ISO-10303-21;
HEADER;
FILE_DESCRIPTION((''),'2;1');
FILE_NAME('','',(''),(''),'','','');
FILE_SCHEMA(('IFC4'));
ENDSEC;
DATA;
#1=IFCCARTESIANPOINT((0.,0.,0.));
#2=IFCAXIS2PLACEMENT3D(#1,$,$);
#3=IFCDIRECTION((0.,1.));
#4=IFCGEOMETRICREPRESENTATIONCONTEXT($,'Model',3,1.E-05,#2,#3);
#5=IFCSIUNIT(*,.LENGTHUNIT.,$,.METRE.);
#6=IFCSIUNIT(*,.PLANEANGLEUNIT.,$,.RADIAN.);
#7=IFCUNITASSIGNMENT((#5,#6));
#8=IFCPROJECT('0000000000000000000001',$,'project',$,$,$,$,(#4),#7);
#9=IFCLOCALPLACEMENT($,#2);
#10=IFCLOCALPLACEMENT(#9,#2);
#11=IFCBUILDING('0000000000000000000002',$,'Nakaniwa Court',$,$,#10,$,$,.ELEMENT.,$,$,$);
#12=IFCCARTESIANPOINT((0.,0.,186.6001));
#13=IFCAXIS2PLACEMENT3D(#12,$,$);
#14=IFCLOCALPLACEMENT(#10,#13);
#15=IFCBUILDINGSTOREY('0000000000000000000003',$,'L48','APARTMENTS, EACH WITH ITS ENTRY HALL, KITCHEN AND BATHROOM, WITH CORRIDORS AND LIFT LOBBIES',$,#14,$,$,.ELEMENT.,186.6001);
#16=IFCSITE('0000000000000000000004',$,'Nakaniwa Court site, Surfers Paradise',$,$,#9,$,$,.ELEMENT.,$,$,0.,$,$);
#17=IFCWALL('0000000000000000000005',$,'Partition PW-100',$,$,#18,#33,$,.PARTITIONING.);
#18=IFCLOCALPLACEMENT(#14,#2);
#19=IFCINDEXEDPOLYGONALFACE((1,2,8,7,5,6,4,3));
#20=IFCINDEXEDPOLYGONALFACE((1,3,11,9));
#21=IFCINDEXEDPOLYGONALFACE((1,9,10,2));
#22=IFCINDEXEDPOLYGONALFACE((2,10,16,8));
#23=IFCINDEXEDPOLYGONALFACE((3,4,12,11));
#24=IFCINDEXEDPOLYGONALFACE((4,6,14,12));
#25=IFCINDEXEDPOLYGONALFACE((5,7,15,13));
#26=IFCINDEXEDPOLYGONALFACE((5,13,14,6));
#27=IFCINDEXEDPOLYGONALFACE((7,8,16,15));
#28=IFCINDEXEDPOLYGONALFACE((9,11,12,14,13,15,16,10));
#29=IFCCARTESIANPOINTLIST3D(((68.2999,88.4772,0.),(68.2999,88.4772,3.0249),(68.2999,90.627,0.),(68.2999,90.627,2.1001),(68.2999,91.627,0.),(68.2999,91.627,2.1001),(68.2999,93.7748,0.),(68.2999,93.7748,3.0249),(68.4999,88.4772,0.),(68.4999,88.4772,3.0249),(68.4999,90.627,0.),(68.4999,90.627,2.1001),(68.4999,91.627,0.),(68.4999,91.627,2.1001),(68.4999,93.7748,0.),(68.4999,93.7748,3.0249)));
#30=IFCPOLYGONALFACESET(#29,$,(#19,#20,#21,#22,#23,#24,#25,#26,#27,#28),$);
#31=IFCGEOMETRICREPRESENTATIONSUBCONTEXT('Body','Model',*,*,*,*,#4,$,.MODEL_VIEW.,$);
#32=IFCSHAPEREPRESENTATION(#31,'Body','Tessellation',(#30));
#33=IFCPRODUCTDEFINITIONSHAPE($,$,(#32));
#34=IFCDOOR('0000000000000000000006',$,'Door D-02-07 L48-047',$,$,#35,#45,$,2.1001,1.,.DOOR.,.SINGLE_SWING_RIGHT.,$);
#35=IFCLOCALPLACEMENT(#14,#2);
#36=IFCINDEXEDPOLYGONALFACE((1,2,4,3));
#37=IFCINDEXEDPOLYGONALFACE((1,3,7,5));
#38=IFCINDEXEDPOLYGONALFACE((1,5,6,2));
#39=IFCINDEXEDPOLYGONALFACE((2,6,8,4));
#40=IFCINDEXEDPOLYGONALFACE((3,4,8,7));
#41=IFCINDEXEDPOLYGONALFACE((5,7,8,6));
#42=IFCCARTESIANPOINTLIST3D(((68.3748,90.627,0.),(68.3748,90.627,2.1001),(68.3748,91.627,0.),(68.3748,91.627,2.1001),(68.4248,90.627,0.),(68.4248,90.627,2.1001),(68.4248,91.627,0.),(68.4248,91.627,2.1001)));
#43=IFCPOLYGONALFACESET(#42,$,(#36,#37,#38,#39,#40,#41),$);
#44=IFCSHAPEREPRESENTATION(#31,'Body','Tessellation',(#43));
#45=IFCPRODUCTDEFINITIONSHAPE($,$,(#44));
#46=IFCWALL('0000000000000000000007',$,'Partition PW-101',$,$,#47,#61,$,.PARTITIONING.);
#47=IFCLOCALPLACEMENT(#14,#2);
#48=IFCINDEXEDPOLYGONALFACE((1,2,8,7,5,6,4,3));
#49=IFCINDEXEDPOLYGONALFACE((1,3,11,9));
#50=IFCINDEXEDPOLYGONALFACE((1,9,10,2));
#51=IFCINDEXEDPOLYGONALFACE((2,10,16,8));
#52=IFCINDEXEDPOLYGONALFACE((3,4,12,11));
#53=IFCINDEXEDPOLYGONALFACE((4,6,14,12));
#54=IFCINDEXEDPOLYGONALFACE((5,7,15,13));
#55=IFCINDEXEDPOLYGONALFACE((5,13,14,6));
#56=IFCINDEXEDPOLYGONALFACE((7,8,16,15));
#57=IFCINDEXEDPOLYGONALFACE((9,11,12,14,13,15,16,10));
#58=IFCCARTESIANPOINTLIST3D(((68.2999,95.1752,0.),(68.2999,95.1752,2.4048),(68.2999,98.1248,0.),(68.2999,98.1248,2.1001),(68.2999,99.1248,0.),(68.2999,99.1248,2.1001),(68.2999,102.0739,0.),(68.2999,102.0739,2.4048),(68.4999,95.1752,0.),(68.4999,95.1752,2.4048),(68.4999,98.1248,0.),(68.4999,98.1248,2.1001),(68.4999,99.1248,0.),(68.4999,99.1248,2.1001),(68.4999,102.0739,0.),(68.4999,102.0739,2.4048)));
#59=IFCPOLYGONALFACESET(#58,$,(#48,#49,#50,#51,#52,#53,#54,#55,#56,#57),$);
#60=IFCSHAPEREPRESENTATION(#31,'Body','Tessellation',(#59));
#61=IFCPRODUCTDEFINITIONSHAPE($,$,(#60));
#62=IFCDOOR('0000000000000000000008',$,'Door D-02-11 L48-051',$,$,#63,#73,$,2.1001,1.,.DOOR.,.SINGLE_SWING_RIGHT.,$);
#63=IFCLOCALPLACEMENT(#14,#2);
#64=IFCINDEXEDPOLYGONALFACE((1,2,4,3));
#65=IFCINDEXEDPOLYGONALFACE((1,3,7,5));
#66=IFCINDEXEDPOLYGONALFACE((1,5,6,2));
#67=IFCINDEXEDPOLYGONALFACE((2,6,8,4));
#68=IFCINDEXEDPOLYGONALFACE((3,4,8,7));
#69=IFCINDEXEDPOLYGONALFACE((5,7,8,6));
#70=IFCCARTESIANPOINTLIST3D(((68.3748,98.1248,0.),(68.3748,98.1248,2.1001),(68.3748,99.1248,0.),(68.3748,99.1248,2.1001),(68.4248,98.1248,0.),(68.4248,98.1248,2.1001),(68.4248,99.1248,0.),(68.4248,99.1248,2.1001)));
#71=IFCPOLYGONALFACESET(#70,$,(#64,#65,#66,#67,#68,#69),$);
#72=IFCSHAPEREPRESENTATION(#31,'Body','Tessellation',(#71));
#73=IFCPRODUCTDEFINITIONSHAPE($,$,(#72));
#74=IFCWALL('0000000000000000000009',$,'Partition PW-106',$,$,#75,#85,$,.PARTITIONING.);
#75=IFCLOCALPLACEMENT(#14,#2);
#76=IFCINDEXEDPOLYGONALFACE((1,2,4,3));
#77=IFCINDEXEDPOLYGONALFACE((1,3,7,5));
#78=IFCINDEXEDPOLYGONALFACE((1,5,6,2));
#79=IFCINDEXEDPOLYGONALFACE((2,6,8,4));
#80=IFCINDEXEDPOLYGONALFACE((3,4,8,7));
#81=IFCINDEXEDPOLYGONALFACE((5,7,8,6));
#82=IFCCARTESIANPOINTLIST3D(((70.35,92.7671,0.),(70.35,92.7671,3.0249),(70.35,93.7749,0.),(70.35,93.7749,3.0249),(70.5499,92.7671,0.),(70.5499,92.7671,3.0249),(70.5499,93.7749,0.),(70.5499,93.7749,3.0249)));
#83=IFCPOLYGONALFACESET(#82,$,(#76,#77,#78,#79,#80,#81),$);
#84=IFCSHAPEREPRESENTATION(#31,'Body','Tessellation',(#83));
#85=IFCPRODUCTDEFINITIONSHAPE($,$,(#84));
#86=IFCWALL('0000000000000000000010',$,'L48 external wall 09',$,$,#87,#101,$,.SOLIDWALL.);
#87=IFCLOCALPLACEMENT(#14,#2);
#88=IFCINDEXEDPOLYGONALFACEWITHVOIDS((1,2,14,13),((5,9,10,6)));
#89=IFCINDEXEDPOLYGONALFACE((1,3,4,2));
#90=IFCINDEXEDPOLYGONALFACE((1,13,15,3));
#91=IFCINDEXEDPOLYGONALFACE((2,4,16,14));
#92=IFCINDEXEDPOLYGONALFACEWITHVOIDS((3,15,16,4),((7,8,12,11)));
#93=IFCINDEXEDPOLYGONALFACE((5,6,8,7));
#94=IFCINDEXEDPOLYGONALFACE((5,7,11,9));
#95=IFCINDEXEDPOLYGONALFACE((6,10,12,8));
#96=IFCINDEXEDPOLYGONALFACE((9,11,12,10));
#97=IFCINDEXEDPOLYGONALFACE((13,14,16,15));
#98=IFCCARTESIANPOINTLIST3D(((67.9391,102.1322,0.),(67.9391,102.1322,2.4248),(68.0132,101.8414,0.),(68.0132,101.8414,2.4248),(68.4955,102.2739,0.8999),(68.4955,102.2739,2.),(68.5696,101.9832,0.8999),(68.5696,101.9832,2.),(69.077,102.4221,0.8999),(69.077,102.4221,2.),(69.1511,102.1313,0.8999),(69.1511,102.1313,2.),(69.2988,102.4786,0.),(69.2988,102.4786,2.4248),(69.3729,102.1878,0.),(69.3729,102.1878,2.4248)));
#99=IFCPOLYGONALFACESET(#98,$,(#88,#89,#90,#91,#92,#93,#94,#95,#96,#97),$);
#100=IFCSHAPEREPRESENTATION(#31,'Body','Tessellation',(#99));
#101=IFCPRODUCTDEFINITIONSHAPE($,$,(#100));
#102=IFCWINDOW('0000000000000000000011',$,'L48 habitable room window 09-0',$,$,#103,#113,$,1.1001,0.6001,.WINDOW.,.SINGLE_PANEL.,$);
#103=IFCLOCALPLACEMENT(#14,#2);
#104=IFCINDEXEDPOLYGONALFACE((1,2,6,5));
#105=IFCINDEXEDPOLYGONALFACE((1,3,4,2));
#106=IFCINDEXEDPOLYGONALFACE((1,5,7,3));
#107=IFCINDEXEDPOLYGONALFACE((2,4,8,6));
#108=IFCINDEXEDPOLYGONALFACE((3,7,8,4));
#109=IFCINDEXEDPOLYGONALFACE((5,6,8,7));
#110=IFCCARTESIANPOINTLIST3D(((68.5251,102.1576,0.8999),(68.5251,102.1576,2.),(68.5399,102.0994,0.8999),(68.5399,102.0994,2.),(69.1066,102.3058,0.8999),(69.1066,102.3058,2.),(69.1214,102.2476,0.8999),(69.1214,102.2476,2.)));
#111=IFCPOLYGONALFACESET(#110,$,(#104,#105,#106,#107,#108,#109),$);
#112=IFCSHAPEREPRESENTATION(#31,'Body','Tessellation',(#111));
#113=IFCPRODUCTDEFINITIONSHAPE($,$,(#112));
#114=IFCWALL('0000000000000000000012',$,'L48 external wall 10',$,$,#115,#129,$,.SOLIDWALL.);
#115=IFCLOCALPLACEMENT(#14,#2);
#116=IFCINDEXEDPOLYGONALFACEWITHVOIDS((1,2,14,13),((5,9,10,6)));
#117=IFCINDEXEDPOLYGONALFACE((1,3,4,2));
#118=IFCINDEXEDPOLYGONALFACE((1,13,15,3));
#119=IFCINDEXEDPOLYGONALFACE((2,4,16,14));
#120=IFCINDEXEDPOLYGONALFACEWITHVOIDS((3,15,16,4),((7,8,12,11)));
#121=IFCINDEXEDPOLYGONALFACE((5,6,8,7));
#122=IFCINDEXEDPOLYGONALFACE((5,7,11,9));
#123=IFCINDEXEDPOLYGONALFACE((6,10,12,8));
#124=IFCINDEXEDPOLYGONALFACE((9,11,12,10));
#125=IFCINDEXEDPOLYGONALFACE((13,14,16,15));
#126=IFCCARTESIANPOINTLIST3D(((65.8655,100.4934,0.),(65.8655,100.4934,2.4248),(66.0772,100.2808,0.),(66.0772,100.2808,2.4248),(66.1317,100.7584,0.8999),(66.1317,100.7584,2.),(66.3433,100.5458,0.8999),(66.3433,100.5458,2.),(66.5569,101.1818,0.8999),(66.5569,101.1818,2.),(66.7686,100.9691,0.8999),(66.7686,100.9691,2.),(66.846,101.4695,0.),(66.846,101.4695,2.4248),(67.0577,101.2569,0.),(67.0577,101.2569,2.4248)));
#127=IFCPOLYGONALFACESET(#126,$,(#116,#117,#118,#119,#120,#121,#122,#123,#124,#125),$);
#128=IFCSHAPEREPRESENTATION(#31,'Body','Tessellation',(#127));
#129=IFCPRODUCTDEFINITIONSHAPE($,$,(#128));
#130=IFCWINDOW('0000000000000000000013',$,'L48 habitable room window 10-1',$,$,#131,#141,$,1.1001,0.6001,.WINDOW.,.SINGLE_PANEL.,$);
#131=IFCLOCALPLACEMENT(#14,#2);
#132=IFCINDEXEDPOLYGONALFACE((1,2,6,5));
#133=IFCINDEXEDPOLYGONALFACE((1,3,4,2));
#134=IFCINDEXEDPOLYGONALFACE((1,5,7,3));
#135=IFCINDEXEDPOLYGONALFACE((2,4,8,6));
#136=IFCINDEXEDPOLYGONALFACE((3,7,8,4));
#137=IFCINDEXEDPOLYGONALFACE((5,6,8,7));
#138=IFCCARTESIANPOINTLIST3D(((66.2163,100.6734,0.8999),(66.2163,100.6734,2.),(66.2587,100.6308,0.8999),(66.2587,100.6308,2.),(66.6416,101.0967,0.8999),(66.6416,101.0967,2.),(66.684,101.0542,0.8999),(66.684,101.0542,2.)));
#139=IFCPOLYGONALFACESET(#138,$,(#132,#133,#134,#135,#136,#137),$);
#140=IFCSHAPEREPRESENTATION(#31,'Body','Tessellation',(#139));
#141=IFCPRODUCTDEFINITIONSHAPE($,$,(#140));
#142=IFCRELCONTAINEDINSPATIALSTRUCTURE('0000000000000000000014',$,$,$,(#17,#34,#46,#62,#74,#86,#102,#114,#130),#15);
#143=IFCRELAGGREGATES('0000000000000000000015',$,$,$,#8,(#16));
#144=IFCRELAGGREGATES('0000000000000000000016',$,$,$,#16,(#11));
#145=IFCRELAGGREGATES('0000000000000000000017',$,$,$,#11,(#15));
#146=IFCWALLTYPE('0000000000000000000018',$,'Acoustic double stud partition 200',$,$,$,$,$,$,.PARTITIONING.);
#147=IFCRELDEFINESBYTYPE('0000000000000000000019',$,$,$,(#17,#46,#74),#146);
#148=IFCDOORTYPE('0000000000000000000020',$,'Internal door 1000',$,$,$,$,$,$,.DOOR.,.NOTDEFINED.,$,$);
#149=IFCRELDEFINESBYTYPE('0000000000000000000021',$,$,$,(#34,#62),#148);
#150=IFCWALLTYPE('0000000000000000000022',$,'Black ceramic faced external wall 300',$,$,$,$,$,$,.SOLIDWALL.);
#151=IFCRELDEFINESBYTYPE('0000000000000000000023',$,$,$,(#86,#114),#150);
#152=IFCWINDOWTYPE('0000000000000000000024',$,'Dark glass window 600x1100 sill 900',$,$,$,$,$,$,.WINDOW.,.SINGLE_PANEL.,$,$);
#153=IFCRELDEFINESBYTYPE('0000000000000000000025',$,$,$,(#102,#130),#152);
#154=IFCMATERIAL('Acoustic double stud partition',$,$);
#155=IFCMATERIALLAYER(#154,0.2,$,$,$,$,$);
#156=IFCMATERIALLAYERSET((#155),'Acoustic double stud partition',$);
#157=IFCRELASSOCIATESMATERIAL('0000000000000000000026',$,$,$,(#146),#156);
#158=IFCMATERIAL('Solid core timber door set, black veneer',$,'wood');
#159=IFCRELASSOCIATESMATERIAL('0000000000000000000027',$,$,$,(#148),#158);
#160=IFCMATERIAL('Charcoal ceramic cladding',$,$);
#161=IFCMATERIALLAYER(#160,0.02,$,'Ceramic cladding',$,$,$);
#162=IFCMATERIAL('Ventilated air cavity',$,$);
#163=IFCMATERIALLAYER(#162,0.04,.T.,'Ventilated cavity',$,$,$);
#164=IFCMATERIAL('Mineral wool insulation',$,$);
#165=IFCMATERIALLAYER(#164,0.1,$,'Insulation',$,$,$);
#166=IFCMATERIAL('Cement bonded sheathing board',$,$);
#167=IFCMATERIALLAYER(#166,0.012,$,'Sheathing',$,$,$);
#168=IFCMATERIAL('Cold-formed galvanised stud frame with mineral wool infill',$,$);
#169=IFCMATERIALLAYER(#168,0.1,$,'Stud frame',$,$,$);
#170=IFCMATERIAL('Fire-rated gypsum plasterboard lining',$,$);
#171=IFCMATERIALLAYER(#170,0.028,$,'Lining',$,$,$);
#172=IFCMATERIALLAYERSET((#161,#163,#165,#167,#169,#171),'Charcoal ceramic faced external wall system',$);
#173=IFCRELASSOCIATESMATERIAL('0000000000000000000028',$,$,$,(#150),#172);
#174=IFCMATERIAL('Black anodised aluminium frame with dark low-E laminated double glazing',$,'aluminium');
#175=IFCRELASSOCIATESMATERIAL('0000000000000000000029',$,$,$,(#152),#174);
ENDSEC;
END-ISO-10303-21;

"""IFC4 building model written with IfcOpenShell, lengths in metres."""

from ifc_helpers import new_model, si_unit, direction, frame, frame_2d, origin, place, context, subcontext, project, spatial, rectangle, extrude, material, layer, layer_set, type_object, element, fill, save


model = new_model("IFC4")

# Units and contexts
model_context = context("Model", 3, precision=1e-05, world=origin(), true_north=direction((0.0, 1.0)))
body_context = subcontext(model_context, "Body", "Model", "MODEL_VIEW")
ifc_project = project(units=[si_unit("LENGTHUNIT", "METRE"), si_unit("PLANEANGLEUNIT", "RADIAN")], contexts=[model_context])

# Site, building, storey
site_placement = place(None, origin())
site = spatial("IfcSite", under=ifc_project, at=site_placement, Name="Nakaniwa Court site, Surfers Paradise", CompositionType="ELEMENT", RefElevation=0.0)
building_placement = place(site_placement, origin())
building = spatial("IfcBuilding", under=site, at=building_placement, Name="Nakaniwa Court", CompositionType="ELEMENT")
storey_placement = place(building_placement, frame((0.0, 0.0, 186.6001)))
storey = spatial("IfcBuildingStorey", under=building, at=storey_placement, Name="L48", Description="APARTMENTS, EACH WITH ITS ENTRY HALL, KITCHEN AND BATHROOM, WITH CORRIDORS AND LIFT LOBBIES", CompositionType="ELEMENT", Elevation=186.6001)

# Shared definitions
ifc_material_1 = material(Name="Acoustic double stud partition")
ifc_layer_1 = layer(ifc_material_1, 0.2)
ifc_layer_set_1 = layer_set([ifc_layer_1], Name="Acoustic double stud partition")
wall_type_1 = type_object("IfcWallType", Name="Acoustic double stud partition 200", PredefinedType="PARTITIONING", material=ifc_layer_set_1)

# Walls, openings, doors
wall_1_placement = place(storey_placement, frame((68.3999, 93.7749, 0.0), z_axis=(0.0, 0.0, 1.0), x_axis=(0.0, -1.0, 0.0)))
wall_1 = element("IfcWall", 1, at=wall_1_placement, inside=storey, type_object=wall_type_1, Name="Partition PW-100", PredefinedType="PARTITIONING", context=body_context, shape_type="SweptSolid", body=[
    extrude(rectangle(XDim=5.2976, YDim=0.2, at=frame_2d((2.6489, 0.0))), origin(), (0.0, 0.0, 1.0), 3.0249),
])
opening_1_placement = place(wall_1_placement, frame((2.1479, 0.0, 0.0)))
opening_1 = element("IfcOpeningElement", 2, at=opening_1_placement, cuts=wall_1, PredefinedType="OPENING", context=body_context, shape_type="SweptSolid", body=[
    extrude(rectangle(XDim=1.0, YDim=2.1001, at=frame_2d((0.5, 1.05))), frame((0.0, 0.1099, 0.0), z_axis=(0.0, -1.0, 0.0), x_axis=(1.0, 0.0, 0.0)), (0.0, 0.0, 1.0), 0.22),
])
ifc_material_2 = material(Name="Solid core timber door set, black veneer", Category="wood")
door_type_1 = type_object("IfcDoorType", Name="Internal door 1000", OperationType="NOTDEFINED", PredefinedType="DOOR", material=ifc_material_2)
door_1_placement = place(opening_1_placement, origin())
door_1 = element("IfcDoor", 3, at=door_1_placement, inside=storey, type_object=door_type_1, Name="Door D-02-07 L48-047", OperationType="SINGLE_SWING_RIGHT", OverallHeight=2.1001, OverallWidth=1.0, PredefinedType="DOOR", context=body_context, shape_type="SweptSolid", body=[
    extrude(rectangle(XDim=1.0, YDim=2.1001, at=frame_2d((0.5, 1.05))), frame((0.0, 0.0249, 0.0), z_axis=(0.0, -1.0, 0.0), x_axis=(1.0, 0.0, 0.0)), (0.0, 0.0, 1.0), 0.05),
])
fill(opening_1, door_1)
wall_2_placement = place(storey_placement, frame((68.3999, 102.0737, 0.0), z_axis=(0.0, 0.0, 1.0), x_axis=(0.0, -1.0, 0.0)))
wall_2 = element("IfcWall", 4, at=wall_2_placement, inside=storey, type_object=wall_type_1, Name="Partition PW-101", PredefinedType="PARTITIONING", context=body_context, shape_type="SweptSolid", body=[
    extrude(rectangle(XDim=6.8987, YDim=0.2, at=frame_2d((3.4492, 0.0))), origin(), (0.0, 0.0, 1.0), 2.4048),
])
opening_2_placement = place(wall_2_placement, frame((2.949, 0.0, 0.0)))
opening_2 = element("IfcOpeningElement", 5, at=opening_2_placement, cuts=wall_2, PredefinedType="OPENING", context=body_context, shape_type="SweptSolid", body=[
    extrude(rectangle(XDim=1.0, YDim=2.1001, at=frame_2d((0.5, 1.05))), frame((0.0, 0.1099, 0.0), z_axis=(0.0, -1.0, 0.0), x_axis=(1.0, 0.0, 0.0)), (0.0, 0.0, 1.0), 0.22),
])
door_2_placement = place(opening_2_placement, origin())
door_2 = element("IfcDoor", 6, at=door_2_placement, inside=storey, type_object=door_type_1, Name="Door D-02-11 L48-051", OperationType="SINGLE_SWING_RIGHT", OverallHeight=2.1001, OverallWidth=1.0, PredefinedType="DOOR", context=body_context, shape_type="SweptSolid", body=[
    extrude(rectangle(XDim=1.0, YDim=2.1001, at=frame_2d((0.5, 1.05))), frame((0.0, 0.0249, 0.0), z_axis=(0.0, -1.0, 0.0), x_axis=(1.0, 0.0, 0.0)), (0.0, 0.0, 1.0), 0.05),
])
fill(opening_2, door_2)

# Wall
wall_3_placement = place(storey_placement, frame((70.45, 92.7671, 0.0), z_axis=(0.0, 0.0, 1.0), x_axis=(0.0, 1.0, 0.0)))
element("IfcWall", 7, at=wall_3_placement, inside=storey, type_object=wall_type_1, Name="Partition PW-106", PredefinedType="PARTITIONING", context=body_context, shape_type="SweptSolid", body=[
    extrude(rectangle(XDim=1.0078, YDim=0.2, at=frame_2d((0.5039, 0.0))), origin(), (0.0, 0.0, 1.0), 3.0249),
])

# Walls, openings, windows
ifc_material_3 = material(Name="Charcoal ceramic cladding")
ifc_layer_2 = layer(ifc_material_3, 0.02, Name="Ceramic cladding")
ifc_material_4 = material(Name="Ventilated air cavity")
ifc_layer_3 = layer(ifc_material_4, 0.04, ventilated=True, Name="Ventilated cavity")
ifc_material_5 = material(Name="Mineral wool insulation")
ifc_layer_4 = layer(ifc_material_5, 0.1, Name="Insulation")
ifc_material_6 = material(Name="Cement bonded sheathing board")
ifc_layer_5 = layer(ifc_material_6, 0.012, Name="Sheathing")
ifc_material_7 = material(Name="Cold-formed galvanised stud frame with mineral wool infill")
ifc_layer_6 = layer(ifc_material_7, 0.1, Name="Stud frame")
ifc_material_8 = material(Name="Fire-rated gypsum plasterboard lining")
ifc_layer_7 = layer(ifc_material_8, 0.028, Name="Lining")
ifc_layer_set_2 = layer_set([ifc_layer_2, ifc_layer_3, ifc_layer_4, ifc_layer_5, ifc_layer_6, ifc_layer_7], Name="Charcoal ceramic faced external wall system")
wall_type_2 = type_object("IfcWallType", Name="Black ceramic faced external wall 300", PredefinedType="SOLIDWALL", material=ifc_layer_set_2)
wall_4_placement = place(storey_placement, frame((69.3359, 102.3333, 0.0), z_axis=(0.0, 0.0, 1.0), x_axis=(-0.969037, -0.246914, 0.0)))
wall_4 = element("IfcWall", 8, at=wall_4_placement, inside=storey, type_object=wall_type_2, Name="L48 external wall 09", PredefinedType="SOLIDWALL", context=body_context, shape_type="SweptSolid", body=[
    extrude(rectangle(XDim=1.4031, YDim=0.3, at=frame_2d((0.7017, 0.0))), origin(), (0.0, 0.0, 1.0), 2.4248),
])
opening_3_placement = place(wall_4_placement, frame((0.229, 0.0, 0.8999)))
opening_3 = element("IfcOpeningElement", 9, at=opening_3_placement, cuts=wall_4, PredefinedType="OPENING", context=body_context, shape_type="SweptSolid", body=[
    extrude(rectangle(XDim=0.6001, YDim=1.1001, at=frame_2d((0.3, 0.55))), frame((0.0, 0.1599, 0.0), z_axis=(0.0, -1.0, 0.0), x_axis=(1.0, 0.0, 0.0)), (0.0, 0.0, 1.0), 0.3201),
])
ifc_material_9 = material(Name="Black anodised aluminium frame with dark low-E laminated double glazing", Category="aluminium")
window_type_1 = type_object("IfcWindowType", Name="Dark glass window 600x1100 sill 900", PartitioningType="SINGLE_PANEL", PredefinedType="WINDOW", material=ifc_material_9)
window_1_placement = place(opening_3_placement, origin())
window_1 = element("IfcWindow", 10, at=window_1_placement, inside=storey, type_object=window_type_1, Name="L48 habitable room window 09-0", OverallHeight=1.1001, OverallWidth=0.6001, PartitioningType="SINGLE_PANEL", PredefinedType="WINDOW", context=body_context, shape_type="SweptSolid", body=[
    extrude(rectangle(XDim=0.6001, YDim=1.1001, at=frame_2d((0.3, 0.55))), frame((0.0, 0.03, 0.0), z_axis=(0.0, -1.0, 0.0), x_axis=(1.0, 0.0, 0.0)), (0.0, 0.0, 1.0), 0.0601),
])
fill(opening_3, window_1)
wall_5_placement = place(storey_placement, frame((66.9519, 101.3633, 0.0), z_axis=(0.0, 0.0, 1.0), x_axis=(-0.708693, -0.705517, 0.0)))
wall_5 = element("IfcWall", 11, at=wall_5_placement, inside=storey, type_object=wall_type_2, Name="L48 external wall 10", PredefinedType="SOLIDWALL", context=body_context, shape_type="SweptSolid", body=[
    extrude(rectangle(XDim=1.3835, YDim=0.3, at=frame_2d((0.6919, 0.0))), origin(), (0.0, 0.0, 1.0), 2.4248),
])
opening_4_placement = place(wall_5_placement, frame((0.408, 0.0, 0.8999)))
opening_4 = element("IfcOpeningElement", 12, at=opening_4_placement, cuts=wall_5, PredefinedType="OPENING", context=body_context, shape_type="SweptSolid", body=[
    extrude(rectangle(XDim=0.6001, YDim=1.1001, at=frame_2d((0.3, 0.55))), frame((0.0, 0.1599, 0.0), z_axis=(0.0, -1.0, 0.0), x_axis=(1.0, 0.0, 0.0)), (0.0, 0.0, 1.0), 0.3201),
])
window_2_placement = place(opening_4_placement, origin())
window_2 = element("IfcWindow", 13, at=window_2_placement, inside=storey, type_object=window_type_1, Name="L48 habitable room window 10-1", OverallHeight=1.1001, OverallWidth=0.6001, PartitioningType="SINGLE_PANEL", PredefinedType="WINDOW", context=body_context, shape_type="SweptSolid", body=[
    extrude(rectangle(XDim=0.6001, YDim=1.1001, at=frame_2d((0.3, 0.55))), frame((0.0, 0.03, 0.0), z_axis=(0.0, -1.0, 0.0), x_axis=(1.0, 0.0, 0.0)), (0.0, 0.0, 1.0), 0.0601),
])
fill(opening_4, window_2)

save(model, "model.ifc")
